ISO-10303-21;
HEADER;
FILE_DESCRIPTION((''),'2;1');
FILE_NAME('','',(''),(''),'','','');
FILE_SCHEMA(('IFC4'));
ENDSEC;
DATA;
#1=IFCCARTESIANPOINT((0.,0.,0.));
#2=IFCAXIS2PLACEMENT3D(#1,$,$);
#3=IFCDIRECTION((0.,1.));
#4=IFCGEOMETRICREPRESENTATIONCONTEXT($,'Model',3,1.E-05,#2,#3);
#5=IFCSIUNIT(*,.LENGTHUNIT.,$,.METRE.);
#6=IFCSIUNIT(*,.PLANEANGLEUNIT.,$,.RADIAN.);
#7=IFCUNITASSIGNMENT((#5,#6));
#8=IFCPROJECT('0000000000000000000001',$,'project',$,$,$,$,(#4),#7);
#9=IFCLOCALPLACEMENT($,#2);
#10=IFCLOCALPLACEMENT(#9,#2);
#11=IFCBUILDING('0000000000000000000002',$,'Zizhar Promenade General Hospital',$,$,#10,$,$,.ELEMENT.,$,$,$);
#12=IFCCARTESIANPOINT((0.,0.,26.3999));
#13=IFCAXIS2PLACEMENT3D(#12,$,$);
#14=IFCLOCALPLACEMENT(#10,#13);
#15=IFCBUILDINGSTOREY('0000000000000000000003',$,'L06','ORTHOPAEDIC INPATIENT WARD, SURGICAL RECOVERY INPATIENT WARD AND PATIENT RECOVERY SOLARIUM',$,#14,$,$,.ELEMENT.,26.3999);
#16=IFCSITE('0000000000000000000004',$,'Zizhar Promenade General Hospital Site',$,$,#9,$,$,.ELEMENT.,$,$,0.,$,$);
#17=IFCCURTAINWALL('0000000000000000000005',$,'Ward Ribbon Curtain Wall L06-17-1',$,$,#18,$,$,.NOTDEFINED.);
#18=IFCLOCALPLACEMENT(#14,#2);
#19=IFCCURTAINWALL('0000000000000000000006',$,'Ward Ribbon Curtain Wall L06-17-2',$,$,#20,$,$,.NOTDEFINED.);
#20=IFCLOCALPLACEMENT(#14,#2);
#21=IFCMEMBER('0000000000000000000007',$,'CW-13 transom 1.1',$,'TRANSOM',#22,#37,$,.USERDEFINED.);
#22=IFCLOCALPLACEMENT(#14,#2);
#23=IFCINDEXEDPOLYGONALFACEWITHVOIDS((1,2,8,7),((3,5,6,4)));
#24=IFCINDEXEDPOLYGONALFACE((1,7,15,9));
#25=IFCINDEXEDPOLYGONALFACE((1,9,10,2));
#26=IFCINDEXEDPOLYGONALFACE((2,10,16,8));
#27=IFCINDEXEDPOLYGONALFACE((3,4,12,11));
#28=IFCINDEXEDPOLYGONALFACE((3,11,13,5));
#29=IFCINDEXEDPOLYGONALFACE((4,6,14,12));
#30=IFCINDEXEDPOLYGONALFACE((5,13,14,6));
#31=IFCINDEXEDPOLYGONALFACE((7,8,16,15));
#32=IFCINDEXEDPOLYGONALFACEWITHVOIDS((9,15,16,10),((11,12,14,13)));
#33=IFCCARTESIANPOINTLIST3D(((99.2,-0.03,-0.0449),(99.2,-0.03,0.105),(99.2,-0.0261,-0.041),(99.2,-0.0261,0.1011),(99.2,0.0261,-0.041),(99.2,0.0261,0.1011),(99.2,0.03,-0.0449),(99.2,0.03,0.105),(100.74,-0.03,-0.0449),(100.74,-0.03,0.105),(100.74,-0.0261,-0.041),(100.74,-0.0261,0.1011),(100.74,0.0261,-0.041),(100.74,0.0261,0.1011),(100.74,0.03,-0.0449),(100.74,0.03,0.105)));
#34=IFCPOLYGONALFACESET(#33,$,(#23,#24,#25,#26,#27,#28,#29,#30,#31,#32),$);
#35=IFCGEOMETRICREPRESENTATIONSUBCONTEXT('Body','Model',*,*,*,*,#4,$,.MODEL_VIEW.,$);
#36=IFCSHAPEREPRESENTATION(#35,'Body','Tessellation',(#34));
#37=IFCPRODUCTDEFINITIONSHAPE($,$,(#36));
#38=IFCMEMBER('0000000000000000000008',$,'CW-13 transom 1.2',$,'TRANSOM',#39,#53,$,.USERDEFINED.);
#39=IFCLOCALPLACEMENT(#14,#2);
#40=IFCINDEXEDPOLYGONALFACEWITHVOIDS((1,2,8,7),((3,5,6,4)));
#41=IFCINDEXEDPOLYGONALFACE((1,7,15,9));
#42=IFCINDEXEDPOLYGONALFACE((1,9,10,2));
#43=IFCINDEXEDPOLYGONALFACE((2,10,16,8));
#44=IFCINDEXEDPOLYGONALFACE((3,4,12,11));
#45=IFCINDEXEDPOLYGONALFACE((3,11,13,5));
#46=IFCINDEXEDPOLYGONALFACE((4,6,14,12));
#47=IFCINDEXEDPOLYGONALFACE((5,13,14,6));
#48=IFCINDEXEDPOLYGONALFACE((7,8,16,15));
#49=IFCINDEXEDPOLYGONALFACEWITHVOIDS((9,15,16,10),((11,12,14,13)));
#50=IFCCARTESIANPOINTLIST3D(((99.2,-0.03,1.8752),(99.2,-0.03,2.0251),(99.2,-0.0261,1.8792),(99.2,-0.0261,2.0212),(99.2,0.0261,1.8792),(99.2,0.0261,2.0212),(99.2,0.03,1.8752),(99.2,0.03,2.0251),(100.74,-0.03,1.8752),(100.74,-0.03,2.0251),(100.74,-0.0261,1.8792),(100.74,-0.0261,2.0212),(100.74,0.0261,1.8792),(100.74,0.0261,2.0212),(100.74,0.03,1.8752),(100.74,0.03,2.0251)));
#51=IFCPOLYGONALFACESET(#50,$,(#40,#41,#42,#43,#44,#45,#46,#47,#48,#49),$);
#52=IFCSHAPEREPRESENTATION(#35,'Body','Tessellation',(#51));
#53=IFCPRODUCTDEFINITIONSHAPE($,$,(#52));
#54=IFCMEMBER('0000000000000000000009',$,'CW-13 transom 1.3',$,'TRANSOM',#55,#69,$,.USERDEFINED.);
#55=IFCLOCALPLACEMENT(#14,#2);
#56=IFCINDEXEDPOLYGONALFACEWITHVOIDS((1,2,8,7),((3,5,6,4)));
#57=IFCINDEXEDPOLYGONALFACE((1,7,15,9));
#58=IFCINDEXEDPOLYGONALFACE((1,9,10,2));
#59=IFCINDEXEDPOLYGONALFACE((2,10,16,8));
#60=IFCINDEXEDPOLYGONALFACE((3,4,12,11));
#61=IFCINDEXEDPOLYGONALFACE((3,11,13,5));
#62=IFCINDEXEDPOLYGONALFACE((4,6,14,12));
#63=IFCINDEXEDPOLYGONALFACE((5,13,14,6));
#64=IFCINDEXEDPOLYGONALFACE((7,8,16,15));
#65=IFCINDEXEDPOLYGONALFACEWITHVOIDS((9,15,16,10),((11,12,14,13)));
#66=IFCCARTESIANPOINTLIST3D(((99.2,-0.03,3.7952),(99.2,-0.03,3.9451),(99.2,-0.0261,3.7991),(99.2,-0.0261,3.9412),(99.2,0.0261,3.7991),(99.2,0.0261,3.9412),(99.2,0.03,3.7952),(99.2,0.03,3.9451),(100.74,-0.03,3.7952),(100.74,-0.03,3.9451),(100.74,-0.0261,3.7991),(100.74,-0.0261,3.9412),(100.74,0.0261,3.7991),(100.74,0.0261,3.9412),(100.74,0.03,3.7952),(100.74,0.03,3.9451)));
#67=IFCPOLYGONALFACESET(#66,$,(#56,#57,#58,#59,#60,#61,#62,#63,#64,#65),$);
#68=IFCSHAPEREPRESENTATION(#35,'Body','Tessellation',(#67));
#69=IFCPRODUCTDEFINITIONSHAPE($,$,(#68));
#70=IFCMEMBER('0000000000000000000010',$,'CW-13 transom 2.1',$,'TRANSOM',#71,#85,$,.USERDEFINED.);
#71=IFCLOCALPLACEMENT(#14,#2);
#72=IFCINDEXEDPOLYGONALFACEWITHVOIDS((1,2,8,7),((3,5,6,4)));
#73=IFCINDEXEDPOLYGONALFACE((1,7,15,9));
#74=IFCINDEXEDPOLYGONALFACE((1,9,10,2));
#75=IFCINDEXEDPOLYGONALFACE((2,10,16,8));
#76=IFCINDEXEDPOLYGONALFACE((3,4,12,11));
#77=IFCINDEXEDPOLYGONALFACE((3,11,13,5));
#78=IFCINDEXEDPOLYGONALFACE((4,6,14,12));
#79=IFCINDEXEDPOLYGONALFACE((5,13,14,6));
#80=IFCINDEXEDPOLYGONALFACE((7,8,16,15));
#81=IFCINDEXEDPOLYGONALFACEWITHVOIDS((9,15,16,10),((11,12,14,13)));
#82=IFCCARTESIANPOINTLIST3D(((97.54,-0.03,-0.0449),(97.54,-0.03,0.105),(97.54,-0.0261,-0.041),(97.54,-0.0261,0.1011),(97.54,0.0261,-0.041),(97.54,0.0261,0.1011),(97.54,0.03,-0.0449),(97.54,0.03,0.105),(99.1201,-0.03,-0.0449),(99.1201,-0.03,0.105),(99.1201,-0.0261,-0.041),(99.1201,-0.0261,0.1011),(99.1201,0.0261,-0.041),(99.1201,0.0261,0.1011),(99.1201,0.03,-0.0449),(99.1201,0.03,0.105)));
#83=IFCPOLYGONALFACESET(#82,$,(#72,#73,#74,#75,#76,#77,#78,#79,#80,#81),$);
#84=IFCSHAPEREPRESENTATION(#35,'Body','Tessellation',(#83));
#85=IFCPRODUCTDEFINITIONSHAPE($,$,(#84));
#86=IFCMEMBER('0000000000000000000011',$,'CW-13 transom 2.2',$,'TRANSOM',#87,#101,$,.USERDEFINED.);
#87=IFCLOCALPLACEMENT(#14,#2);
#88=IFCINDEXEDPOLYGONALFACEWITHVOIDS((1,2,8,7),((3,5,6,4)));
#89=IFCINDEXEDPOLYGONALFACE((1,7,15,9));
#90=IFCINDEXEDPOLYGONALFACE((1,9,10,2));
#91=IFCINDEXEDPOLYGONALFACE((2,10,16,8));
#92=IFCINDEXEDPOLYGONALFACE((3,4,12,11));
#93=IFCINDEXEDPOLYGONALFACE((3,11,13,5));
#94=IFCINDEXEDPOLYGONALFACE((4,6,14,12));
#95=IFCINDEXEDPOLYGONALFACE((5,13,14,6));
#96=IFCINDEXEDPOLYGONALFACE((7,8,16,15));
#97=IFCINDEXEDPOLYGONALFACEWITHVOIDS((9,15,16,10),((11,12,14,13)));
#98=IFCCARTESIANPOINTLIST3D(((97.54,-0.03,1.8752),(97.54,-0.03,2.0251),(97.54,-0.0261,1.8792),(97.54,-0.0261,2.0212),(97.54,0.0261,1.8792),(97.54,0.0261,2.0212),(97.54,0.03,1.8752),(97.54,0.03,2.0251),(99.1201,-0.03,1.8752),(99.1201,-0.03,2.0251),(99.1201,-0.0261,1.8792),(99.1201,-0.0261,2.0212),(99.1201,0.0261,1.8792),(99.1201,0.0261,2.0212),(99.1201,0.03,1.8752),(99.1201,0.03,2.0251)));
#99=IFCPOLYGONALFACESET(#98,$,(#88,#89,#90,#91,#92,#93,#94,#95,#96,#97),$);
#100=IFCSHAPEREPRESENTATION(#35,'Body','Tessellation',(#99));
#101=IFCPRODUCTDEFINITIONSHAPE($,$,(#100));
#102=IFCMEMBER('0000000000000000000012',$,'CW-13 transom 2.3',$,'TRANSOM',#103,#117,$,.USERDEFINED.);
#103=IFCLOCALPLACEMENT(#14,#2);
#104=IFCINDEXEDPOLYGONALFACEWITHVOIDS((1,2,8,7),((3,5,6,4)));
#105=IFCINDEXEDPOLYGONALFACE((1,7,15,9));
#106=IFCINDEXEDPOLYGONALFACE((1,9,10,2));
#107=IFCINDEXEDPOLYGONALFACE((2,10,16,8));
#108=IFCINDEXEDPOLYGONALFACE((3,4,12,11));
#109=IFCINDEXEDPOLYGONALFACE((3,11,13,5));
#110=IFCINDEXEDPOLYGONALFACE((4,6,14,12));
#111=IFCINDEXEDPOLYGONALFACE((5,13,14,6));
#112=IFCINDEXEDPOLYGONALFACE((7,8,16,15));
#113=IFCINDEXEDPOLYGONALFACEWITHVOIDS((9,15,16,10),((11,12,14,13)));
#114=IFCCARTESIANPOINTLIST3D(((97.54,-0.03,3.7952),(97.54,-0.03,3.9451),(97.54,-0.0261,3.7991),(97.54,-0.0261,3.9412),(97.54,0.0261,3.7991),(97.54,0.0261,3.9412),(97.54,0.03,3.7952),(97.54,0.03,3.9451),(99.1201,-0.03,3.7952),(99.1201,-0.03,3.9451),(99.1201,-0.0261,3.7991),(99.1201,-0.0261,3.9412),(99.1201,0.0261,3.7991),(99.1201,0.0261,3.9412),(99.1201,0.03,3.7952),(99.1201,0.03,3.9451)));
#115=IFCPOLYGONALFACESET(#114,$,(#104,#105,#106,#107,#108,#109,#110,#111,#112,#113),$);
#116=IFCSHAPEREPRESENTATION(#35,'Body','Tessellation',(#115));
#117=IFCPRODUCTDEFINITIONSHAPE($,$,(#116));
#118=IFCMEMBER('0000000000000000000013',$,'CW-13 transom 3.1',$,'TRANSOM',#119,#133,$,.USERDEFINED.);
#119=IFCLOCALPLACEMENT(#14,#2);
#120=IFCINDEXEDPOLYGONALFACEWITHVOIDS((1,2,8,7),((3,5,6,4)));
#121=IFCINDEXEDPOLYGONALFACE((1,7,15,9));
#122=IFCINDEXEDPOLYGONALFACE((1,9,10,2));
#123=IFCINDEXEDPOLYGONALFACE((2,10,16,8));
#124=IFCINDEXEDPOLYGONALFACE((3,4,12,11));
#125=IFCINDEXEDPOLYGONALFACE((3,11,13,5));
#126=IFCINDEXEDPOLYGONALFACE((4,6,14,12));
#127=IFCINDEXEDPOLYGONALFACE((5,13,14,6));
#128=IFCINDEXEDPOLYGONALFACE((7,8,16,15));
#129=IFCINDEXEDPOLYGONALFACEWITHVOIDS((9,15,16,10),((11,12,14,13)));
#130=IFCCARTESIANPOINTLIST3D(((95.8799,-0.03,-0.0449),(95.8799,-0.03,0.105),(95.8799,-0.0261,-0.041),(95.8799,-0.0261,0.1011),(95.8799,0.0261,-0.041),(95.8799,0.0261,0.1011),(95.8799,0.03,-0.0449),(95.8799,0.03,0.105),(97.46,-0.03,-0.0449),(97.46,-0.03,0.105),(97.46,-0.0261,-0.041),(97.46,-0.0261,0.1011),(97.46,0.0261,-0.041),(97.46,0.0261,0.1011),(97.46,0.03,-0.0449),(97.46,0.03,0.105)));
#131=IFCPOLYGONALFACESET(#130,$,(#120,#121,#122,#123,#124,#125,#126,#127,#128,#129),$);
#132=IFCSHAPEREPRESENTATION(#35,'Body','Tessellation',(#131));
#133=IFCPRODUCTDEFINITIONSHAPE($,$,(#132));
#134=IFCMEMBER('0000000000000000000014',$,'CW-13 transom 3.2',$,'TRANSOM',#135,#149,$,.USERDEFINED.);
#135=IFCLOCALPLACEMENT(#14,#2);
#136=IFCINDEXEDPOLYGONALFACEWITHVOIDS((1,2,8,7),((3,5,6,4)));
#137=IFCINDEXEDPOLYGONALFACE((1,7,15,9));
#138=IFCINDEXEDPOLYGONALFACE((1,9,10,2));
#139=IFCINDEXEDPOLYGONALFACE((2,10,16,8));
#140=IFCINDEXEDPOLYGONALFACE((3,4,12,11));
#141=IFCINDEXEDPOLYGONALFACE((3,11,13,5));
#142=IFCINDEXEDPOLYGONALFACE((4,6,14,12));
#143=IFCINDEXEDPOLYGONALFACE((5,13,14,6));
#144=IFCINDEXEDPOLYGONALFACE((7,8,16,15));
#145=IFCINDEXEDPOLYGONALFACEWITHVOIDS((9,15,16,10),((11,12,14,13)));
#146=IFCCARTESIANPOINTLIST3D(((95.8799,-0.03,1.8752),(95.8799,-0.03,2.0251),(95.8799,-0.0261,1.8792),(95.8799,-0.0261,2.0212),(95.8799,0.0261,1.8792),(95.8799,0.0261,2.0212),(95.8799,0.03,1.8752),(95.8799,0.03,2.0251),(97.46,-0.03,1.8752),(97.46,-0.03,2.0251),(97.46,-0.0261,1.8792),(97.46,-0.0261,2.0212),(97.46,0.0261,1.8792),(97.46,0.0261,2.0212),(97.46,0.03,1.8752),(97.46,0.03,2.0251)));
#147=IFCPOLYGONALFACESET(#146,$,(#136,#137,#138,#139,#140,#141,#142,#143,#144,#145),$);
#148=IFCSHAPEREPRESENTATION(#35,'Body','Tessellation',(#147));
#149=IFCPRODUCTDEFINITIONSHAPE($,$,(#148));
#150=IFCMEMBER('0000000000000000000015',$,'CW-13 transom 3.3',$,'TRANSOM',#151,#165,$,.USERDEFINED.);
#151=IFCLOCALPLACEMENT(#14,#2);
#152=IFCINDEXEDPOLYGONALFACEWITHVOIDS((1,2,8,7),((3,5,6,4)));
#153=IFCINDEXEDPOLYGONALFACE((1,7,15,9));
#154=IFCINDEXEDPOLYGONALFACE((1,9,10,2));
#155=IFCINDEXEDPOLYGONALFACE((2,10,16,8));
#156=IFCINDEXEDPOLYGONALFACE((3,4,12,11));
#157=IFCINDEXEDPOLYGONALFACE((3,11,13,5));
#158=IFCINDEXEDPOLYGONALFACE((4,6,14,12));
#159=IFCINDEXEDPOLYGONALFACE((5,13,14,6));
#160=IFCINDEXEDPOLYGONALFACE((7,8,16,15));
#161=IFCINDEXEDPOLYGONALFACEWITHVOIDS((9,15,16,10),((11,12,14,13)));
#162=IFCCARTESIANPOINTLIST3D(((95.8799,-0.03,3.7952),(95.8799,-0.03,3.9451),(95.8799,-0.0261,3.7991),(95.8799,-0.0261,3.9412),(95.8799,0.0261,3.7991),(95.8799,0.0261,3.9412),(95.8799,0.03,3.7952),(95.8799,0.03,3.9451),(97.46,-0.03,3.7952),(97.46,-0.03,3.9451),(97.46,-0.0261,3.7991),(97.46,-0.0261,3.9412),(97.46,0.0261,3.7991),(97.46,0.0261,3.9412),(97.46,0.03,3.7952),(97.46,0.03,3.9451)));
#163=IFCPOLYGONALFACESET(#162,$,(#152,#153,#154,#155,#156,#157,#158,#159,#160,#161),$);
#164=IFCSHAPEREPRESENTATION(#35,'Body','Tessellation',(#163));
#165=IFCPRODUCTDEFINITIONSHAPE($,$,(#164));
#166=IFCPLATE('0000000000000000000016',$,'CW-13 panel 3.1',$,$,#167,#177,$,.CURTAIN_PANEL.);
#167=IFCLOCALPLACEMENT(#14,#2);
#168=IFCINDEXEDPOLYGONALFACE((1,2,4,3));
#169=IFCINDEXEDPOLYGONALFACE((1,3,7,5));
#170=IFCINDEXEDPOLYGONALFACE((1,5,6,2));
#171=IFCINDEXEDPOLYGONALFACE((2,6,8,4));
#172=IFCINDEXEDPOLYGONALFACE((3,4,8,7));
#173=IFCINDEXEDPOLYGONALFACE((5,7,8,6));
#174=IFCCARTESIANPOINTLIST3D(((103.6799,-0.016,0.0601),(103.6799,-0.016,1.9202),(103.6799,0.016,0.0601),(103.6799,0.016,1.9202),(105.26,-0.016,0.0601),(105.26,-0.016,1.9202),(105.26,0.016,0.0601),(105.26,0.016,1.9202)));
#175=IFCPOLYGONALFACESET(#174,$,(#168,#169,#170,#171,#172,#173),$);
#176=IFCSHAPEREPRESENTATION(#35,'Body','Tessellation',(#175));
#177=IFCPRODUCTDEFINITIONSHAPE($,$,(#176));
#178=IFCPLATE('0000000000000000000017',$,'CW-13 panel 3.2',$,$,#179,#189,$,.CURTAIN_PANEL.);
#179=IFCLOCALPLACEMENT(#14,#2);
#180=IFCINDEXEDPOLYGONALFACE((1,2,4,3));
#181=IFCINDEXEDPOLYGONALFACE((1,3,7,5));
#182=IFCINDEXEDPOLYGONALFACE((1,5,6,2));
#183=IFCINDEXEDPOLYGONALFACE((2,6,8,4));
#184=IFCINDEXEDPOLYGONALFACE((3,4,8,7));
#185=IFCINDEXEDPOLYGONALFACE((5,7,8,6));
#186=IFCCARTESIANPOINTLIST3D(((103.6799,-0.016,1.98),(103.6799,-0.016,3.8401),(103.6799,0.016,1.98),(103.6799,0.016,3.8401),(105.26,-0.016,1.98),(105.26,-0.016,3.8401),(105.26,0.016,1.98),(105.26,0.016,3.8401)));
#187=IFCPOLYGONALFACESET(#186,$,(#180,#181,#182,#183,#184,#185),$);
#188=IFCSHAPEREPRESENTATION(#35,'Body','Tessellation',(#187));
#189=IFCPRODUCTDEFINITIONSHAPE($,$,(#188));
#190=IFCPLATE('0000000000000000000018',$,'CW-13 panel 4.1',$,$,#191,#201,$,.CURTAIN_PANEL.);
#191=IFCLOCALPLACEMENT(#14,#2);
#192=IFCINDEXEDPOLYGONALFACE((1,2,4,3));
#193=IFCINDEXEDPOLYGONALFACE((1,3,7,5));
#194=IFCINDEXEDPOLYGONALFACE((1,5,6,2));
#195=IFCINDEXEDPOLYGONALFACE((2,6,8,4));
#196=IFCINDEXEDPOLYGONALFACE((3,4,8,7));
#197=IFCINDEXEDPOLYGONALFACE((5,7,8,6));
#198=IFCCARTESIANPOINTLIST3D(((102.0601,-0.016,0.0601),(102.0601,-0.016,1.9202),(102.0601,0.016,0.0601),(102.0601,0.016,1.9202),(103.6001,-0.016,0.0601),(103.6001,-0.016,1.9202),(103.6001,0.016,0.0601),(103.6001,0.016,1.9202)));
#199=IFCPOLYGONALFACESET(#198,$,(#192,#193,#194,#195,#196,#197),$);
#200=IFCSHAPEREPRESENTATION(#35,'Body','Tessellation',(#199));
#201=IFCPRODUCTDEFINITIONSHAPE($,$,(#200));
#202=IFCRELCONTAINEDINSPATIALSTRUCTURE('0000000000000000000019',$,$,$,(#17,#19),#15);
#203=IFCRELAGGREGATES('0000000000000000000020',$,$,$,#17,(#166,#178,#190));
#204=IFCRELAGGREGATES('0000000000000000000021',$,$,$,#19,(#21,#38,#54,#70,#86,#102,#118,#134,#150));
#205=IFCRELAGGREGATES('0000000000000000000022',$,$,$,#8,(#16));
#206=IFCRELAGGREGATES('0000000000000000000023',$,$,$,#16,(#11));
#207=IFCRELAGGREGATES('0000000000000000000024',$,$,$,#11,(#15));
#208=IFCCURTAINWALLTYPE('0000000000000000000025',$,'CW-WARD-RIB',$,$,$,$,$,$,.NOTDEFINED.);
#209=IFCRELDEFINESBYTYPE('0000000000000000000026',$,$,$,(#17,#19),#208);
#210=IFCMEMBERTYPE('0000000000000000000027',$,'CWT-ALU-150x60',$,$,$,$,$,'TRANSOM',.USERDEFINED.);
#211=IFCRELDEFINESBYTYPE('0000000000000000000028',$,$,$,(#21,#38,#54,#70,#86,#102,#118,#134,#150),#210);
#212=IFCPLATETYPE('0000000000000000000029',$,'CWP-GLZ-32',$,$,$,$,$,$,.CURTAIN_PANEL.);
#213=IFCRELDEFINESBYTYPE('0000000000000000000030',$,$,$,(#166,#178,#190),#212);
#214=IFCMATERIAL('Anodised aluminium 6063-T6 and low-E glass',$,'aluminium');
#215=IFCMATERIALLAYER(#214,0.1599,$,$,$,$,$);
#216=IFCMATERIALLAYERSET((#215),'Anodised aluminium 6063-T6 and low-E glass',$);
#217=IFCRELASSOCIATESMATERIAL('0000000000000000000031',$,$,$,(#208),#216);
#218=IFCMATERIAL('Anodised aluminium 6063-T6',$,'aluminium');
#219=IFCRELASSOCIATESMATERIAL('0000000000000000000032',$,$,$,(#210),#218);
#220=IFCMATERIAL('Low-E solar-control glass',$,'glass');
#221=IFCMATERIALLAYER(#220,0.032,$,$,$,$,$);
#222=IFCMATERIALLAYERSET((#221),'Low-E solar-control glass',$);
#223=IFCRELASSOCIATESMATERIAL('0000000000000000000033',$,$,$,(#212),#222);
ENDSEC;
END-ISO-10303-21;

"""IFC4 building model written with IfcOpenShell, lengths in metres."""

from ifc_helpers import new_model, si_unit, direction, frame, origin, origin_2d, place, context, subcontext, project, spatial, rectangle, hollow_rectangle, extrude, material, layer, layer_set, material_profile, profile_set, type_object, element, aggregate, save


model = new_model("IFC4")

# Units and contexts
model_context = context("Model", 3, precision=1e-05, world=origin(), true_north=direction((0.0, 1.0)))
body_context = subcontext(model_context, "Body", "Model", "MODEL_VIEW")
ifc_project = project(units=[si_unit("LENGTHUNIT", "METRE"), si_unit("PLANEANGLEUNIT", "RADIAN")], contexts=[model_context])

# Site, building, storey
site_placement = place(None, origin())
site = spatial("IfcSite", under=ifc_project, at=site_placement, Name="Zizhar Promenade General Hospital Site", CompositionType="ELEMENT", RefElevation=0.0)
building_placement = place(site_placement, origin())
building = spatial("IfcBuilding", under=site, at=building_placement, Name="Zizhar Promenade General Hospital", CompositionType="ELEMENT")
storey_placement = place(building_placement, frame((0.0, 0.0, 26.3999)))
storey = spatial("IfcBuildingStorey", under=building, at=storey_placement, Name="L06", Description="ORTHOPAEDIC INPATIENT WARD, SURGICAL RECOVERY INPATIENT WARD AND PATIENT RECOVERY SOLARIUM", CompositionType="ELEMENT", Elevation=26.3999)

# Curtain walls
ifc_material_1 = material(Name="Anodised aluminium 6063-T6 and low-E glass", Category="aluminium")
ifc_layer_1 = layer(ifc_material_1, 0.1599)
ifc_layer_set_1 = layer_set([ifc_layer_1], Name="Anodised aluminium 6063-T6 and low-E glass")
curtain_wall_type = type_object("IfcCurtainWallType", Name="CW-WARD-RIB", PredefinedType="NOTDEFINED", material=ifc_layer_set_1)
curtain_wall_1_placement = place(storey_placement, origin())
curtain_wall_1 = element("IfcCurtainWall", 1, at=curtain_wall_1_placement, inside=storey, type_object=curtain_wall_type, Name="Ward Ribbon Curtain Wall L06-17-1", PredefinedType="NOTDEFINED")
curtain_wall_2_placement = place(storey_placement, origin())
curtain_wall_2 = element("IfcCurtainWall", 2, at=curtain_wall_2_placement, inside=storey, type_object=curtain_wall_type, Name="Ward Ribbon Curtain Wall L06-17-2", PredefinedType="NOTDEFINED")

# Members
ifc_material_2 = material(Name="Anodised aluminium 6063-T6", Category="aluminium")
ifc_material_profile_1 = material_profile(ifc_material_2, hollow_rectangle(XDim=0.0601, YDim=0.1499, WallThickness=0.0039, at=origin_2d()))
ifc_profile_set_1 = profile_set([ifc_material_profile_1], Name="Anodised aluminium 6063-T6")
member_type_1 = type_object("IfcMemberType", Name="CWT-ALU-150x60", ElementType="TRANSOM", PredefinedType="USERDEFINED", material=ifc_profile_set_1)
member_1_placement = place(storey_placement, frame((100.74, 0.0, 0.03), z_axis=(-1.0, 0.0, 0.0), x_axis=(0.0, -1.0, 0.0)))
member_1 = element("IfcMember", 3, at=member_1_placement, type_object=member_type_1, Name="CW-13 transom 1.1", ObjectType="TRANSOM", PredefinedType="USERDEFINED", context=body_context, shape_type="SweptSolid", body=[
    extrude(hollow_rectangle(XDim=0.0601, YDim=0.1499, WallThickness=0.0039, at=origin_2d()), origin(), (0.0, 0.0, 1.0), 1.54),
])
member_2_placement = place(storey_placement, frame((100.74, 0.0, 1.9502), z_axis=(-1.0, 0.0, 0.0), x_axis=(0.0, -1.0, 0.0)))
member_2 = element("IfcMember", 4, at=member_2_placement, type_object=member_type_1, Name="CW-13 transom 1.2", ObjectType="TRANSOM", PredefinedType="USERDEFINED", context=body_context, shape_type="SweptSolid", body=[
    extrude(hollow_rectangle(XDim=0.0601, YDim=0.1499, WallThickness=0.0039, at=origin_2d()), origin(), (0.0, 0.0, 1.0), 1.54),
])
member_3_placement = place(storey_placement, frame((100.74, 0.0, 3.8701), z_axis=(-1.0, 0.0, 0.0), x_axis=(0.0, -1.0, 0.0)))
member_3 = element("IfcMember", 5, at=member_3_placement, type_object=member_type_1, Name="CW-13 transom 1.3", ObjectType="TRANSOM", PredefinedType="USERDEFINED", context=body_context, shape_type="SweptSolid", body=[
    extrude(hollow_rectangle(XDim=0.0601, YDim=0.1499, WallThickness=0.0039, at=origin_2d()), origin(), (0.0, 0.0, 1.0), 1.54),
])
member_4_placement = place(storey_placement, frame((99.1201, 0.0, 0.03), z_axis=(-1.0, 0.0, 0.0), x_axis=(0.0, -1.0, 0.0)))
member_4 = element("IfcMember", 6, at=member_4_placement, type_object=member_type_1, Name="CW-13 transom 2.1", ObjectType="TRANSOM", PredefinedType="USERDEFINED", context=body_context, shape_type="SweptSolid", body=[
    extrude(hollow_rectangle(XDim=0.0601, YDim=0.1499, WallThickness=0.0039, at=origin_2d()), origin(), (0.0, 0.0, 1.0), 1.5801),
])
member_5_placement = place(storey_placement, frame((99.1201, 0.0, 1.9502), z_axis=(-1.0, 0.0, 0.0), x_axis=(0.0, -1.0, 0.0)))
member_5 = element("IfcMember", 7, at=member_5_placement, type_object=member_type_1, Name="CW-13 transom 2.2", ObjectType="TRANSOM", PredefinedType="USERDEFINED", context=body_context, shape_type="SweptSolid", body=[
    extrude(hollow_rectangle(XDim=0.0601, YDim=0.1499, WallThickness=0.0039, at=origin_2d()), origin(), (0.0, 0.0, 1.0), 1.5801),
])
member_6_placement = place(storey_placement, frame((99.1201, 0.0, 3.8701), z_axis=(-1.0, 0.0, 0.0), x_axis=(0.0, -1.0, 0.0)))
member_6 = element("IfcMember", 8, at=member_6_placement, type_object=member_type_1, Name="CW-13 transom 2.3", ObjectType="TRANSOM", PredefinedType="USERDEFINED", context=body_context, shape_type="SweptSolid", body=[
    extrude(hollow_rectangle(XDim=0.0601, YDim=0.1499, WallThickness=0.0039, at=origin_2d()), origin(), (0.0, 0.0, 1.0), 1.5801),
])
member_7_placement = place(storey_placement, frame((97.46, 0.0, 0.03), z_axis=(-1.0, 0.0, 0.0), x_axis=(0.0, -1.0, 0.0)))
member_7 = element("IfcMember", 9, at=member_7_placement, type_object=member_type_1, Name="CW-13 transom 3.1", ObjectType="TRANSOM", PredefinedType="USERDEFINED", context=body_context, shape_type="SweptSolid", body=[
    extrude(hollow_rectangle(XDim=0.0601, YDim=0.1499, WallThickness=0.0039, at=origin_2d()), origin(), (0.0, 0.0, 1.0), 1.5801),
])
member_8_placement = place(storey_placement, frame((97.46, 0.0, 1.9502), z_axis=(-1.0, 0.0, 0.0), x_axis=(0.0, -1.0, 0.0)))
member_8 = element("IfcMember", 10, at=member_8_placement, type_object=member_type_1, Name="CW-13 transom 3.2", ObjectType="TRANSOM", PredefinedType="USERDEFINED", context=body_context, shape_type="SweptSolid", body=[
    extrude(hollow_rectangle(XDim=0.0601, YDim=0.1499, WallThickness=0.0039, at=origin_2d()), origin(), (0.0, 0.0, 1.0), 1.5801),
])
member_9_placement = place(storey_placement, frame((97.46, 0.0, 3.8701), z_axis=(-1.0, 0.0, 0.0), x_axis=(0.0, -1.0, 0.0)))
member_9 = element("IfcMember", 11, at=member_9_placement, type_object=member_type_1, Name="CW-13 transom 3.3", ObjectType="TRANSOM", PredefinedType="USERDEFINED", context=body_context, shape_type="SweptSolid", body=[
    extrude(hollow_rectangle(XDim=0.0601, YDim=0.1499, WallThickness=0.0039, at=origin_2d()), origin(), (0.0, 0.0, 1.0), 1.5801),
])

# Plates
ifc_material_3 = material(Name="Low-E solar-control glass", Category="glass")
ifc_layer_2 = layer(ifc_material_3, 0.032)
ifc_layer_set_2 = layer_set([ifc_layer_2], Name="Low-E solar-control glass")
plate_type = type_object("IfcPlateType", Name="CWP-GLZ-32", PredefinedType="CURTAIN_PANEL", material=ifc_layer_set_2)
plate_1_placement = place(storey_placement, frame((104.47, 0.0, 0.0601), z_axis=(0.0, 0.0, 1.0), x_axis=(-1.0, 0.0, 0.0)))
plate_1 = element("IfcPlate", 12, at=plate_1_placement, type_object=plate_type, Name="CW-13 panel 3.1", PredefinedType="CURTAIN_PANEL", context=body_context, shape_type="SweptSolid", body=[
    extrude(rectangle(XDim=1.5801, YDim=0.032, at=origin_2d()), origin(), (0.0, 0.0, 1.0), 1.8601),
])
plate_2_placement = place(storey_placement, frame((104.47, 0.0, 1.98), z_axis=(0.0, 0.0, 1.0), x_axis=(-1.0, 0.0, 0.0)))
plate_2 = element("IfcPlate", 13, at=plate_2_placement, type_object=plate_type, Name="CW-13 panel 3.2", PredefinedType="CURTAIN_PANEL", context=body_context, shape_type="SweptSolid", body=[
    extrude(rectangle(XDim=1.5801, YDim=0.032, at=origin_2d()), origin(), (0.0, 0.0, 1.0), 1.8601),
])
plate_3_placement = place(storey_placement, frame((102.8301, 0.0, 0.0601), z_axis=(0.0, 0.0, 1.0), x_axis=(-1.0, 0.0, 0.0)))
plate_3 = element("IfcPlate", 14, at=plate_3_placement, type_object=plate_type, Name="CW-13 panel 4.1", PredefinedType="CURTAIN_PANEL", context=body_context, shape_type="SweptSolid", body=[
    extrude(rectangle(XDim=1.54, YDim=0.032, at=origin_2d()), origin(), (0.0, 0.0, 1.0), 1.8601),
])
aggregate(curtain_wall_1, [plate_1, plate_2, plate_3])
aggregate(curtain_wall_2, [member_1, member_2, member_3, member_4, member_5, member_6, member_7, member_8, member_9])

save(model, "model.ifc")
